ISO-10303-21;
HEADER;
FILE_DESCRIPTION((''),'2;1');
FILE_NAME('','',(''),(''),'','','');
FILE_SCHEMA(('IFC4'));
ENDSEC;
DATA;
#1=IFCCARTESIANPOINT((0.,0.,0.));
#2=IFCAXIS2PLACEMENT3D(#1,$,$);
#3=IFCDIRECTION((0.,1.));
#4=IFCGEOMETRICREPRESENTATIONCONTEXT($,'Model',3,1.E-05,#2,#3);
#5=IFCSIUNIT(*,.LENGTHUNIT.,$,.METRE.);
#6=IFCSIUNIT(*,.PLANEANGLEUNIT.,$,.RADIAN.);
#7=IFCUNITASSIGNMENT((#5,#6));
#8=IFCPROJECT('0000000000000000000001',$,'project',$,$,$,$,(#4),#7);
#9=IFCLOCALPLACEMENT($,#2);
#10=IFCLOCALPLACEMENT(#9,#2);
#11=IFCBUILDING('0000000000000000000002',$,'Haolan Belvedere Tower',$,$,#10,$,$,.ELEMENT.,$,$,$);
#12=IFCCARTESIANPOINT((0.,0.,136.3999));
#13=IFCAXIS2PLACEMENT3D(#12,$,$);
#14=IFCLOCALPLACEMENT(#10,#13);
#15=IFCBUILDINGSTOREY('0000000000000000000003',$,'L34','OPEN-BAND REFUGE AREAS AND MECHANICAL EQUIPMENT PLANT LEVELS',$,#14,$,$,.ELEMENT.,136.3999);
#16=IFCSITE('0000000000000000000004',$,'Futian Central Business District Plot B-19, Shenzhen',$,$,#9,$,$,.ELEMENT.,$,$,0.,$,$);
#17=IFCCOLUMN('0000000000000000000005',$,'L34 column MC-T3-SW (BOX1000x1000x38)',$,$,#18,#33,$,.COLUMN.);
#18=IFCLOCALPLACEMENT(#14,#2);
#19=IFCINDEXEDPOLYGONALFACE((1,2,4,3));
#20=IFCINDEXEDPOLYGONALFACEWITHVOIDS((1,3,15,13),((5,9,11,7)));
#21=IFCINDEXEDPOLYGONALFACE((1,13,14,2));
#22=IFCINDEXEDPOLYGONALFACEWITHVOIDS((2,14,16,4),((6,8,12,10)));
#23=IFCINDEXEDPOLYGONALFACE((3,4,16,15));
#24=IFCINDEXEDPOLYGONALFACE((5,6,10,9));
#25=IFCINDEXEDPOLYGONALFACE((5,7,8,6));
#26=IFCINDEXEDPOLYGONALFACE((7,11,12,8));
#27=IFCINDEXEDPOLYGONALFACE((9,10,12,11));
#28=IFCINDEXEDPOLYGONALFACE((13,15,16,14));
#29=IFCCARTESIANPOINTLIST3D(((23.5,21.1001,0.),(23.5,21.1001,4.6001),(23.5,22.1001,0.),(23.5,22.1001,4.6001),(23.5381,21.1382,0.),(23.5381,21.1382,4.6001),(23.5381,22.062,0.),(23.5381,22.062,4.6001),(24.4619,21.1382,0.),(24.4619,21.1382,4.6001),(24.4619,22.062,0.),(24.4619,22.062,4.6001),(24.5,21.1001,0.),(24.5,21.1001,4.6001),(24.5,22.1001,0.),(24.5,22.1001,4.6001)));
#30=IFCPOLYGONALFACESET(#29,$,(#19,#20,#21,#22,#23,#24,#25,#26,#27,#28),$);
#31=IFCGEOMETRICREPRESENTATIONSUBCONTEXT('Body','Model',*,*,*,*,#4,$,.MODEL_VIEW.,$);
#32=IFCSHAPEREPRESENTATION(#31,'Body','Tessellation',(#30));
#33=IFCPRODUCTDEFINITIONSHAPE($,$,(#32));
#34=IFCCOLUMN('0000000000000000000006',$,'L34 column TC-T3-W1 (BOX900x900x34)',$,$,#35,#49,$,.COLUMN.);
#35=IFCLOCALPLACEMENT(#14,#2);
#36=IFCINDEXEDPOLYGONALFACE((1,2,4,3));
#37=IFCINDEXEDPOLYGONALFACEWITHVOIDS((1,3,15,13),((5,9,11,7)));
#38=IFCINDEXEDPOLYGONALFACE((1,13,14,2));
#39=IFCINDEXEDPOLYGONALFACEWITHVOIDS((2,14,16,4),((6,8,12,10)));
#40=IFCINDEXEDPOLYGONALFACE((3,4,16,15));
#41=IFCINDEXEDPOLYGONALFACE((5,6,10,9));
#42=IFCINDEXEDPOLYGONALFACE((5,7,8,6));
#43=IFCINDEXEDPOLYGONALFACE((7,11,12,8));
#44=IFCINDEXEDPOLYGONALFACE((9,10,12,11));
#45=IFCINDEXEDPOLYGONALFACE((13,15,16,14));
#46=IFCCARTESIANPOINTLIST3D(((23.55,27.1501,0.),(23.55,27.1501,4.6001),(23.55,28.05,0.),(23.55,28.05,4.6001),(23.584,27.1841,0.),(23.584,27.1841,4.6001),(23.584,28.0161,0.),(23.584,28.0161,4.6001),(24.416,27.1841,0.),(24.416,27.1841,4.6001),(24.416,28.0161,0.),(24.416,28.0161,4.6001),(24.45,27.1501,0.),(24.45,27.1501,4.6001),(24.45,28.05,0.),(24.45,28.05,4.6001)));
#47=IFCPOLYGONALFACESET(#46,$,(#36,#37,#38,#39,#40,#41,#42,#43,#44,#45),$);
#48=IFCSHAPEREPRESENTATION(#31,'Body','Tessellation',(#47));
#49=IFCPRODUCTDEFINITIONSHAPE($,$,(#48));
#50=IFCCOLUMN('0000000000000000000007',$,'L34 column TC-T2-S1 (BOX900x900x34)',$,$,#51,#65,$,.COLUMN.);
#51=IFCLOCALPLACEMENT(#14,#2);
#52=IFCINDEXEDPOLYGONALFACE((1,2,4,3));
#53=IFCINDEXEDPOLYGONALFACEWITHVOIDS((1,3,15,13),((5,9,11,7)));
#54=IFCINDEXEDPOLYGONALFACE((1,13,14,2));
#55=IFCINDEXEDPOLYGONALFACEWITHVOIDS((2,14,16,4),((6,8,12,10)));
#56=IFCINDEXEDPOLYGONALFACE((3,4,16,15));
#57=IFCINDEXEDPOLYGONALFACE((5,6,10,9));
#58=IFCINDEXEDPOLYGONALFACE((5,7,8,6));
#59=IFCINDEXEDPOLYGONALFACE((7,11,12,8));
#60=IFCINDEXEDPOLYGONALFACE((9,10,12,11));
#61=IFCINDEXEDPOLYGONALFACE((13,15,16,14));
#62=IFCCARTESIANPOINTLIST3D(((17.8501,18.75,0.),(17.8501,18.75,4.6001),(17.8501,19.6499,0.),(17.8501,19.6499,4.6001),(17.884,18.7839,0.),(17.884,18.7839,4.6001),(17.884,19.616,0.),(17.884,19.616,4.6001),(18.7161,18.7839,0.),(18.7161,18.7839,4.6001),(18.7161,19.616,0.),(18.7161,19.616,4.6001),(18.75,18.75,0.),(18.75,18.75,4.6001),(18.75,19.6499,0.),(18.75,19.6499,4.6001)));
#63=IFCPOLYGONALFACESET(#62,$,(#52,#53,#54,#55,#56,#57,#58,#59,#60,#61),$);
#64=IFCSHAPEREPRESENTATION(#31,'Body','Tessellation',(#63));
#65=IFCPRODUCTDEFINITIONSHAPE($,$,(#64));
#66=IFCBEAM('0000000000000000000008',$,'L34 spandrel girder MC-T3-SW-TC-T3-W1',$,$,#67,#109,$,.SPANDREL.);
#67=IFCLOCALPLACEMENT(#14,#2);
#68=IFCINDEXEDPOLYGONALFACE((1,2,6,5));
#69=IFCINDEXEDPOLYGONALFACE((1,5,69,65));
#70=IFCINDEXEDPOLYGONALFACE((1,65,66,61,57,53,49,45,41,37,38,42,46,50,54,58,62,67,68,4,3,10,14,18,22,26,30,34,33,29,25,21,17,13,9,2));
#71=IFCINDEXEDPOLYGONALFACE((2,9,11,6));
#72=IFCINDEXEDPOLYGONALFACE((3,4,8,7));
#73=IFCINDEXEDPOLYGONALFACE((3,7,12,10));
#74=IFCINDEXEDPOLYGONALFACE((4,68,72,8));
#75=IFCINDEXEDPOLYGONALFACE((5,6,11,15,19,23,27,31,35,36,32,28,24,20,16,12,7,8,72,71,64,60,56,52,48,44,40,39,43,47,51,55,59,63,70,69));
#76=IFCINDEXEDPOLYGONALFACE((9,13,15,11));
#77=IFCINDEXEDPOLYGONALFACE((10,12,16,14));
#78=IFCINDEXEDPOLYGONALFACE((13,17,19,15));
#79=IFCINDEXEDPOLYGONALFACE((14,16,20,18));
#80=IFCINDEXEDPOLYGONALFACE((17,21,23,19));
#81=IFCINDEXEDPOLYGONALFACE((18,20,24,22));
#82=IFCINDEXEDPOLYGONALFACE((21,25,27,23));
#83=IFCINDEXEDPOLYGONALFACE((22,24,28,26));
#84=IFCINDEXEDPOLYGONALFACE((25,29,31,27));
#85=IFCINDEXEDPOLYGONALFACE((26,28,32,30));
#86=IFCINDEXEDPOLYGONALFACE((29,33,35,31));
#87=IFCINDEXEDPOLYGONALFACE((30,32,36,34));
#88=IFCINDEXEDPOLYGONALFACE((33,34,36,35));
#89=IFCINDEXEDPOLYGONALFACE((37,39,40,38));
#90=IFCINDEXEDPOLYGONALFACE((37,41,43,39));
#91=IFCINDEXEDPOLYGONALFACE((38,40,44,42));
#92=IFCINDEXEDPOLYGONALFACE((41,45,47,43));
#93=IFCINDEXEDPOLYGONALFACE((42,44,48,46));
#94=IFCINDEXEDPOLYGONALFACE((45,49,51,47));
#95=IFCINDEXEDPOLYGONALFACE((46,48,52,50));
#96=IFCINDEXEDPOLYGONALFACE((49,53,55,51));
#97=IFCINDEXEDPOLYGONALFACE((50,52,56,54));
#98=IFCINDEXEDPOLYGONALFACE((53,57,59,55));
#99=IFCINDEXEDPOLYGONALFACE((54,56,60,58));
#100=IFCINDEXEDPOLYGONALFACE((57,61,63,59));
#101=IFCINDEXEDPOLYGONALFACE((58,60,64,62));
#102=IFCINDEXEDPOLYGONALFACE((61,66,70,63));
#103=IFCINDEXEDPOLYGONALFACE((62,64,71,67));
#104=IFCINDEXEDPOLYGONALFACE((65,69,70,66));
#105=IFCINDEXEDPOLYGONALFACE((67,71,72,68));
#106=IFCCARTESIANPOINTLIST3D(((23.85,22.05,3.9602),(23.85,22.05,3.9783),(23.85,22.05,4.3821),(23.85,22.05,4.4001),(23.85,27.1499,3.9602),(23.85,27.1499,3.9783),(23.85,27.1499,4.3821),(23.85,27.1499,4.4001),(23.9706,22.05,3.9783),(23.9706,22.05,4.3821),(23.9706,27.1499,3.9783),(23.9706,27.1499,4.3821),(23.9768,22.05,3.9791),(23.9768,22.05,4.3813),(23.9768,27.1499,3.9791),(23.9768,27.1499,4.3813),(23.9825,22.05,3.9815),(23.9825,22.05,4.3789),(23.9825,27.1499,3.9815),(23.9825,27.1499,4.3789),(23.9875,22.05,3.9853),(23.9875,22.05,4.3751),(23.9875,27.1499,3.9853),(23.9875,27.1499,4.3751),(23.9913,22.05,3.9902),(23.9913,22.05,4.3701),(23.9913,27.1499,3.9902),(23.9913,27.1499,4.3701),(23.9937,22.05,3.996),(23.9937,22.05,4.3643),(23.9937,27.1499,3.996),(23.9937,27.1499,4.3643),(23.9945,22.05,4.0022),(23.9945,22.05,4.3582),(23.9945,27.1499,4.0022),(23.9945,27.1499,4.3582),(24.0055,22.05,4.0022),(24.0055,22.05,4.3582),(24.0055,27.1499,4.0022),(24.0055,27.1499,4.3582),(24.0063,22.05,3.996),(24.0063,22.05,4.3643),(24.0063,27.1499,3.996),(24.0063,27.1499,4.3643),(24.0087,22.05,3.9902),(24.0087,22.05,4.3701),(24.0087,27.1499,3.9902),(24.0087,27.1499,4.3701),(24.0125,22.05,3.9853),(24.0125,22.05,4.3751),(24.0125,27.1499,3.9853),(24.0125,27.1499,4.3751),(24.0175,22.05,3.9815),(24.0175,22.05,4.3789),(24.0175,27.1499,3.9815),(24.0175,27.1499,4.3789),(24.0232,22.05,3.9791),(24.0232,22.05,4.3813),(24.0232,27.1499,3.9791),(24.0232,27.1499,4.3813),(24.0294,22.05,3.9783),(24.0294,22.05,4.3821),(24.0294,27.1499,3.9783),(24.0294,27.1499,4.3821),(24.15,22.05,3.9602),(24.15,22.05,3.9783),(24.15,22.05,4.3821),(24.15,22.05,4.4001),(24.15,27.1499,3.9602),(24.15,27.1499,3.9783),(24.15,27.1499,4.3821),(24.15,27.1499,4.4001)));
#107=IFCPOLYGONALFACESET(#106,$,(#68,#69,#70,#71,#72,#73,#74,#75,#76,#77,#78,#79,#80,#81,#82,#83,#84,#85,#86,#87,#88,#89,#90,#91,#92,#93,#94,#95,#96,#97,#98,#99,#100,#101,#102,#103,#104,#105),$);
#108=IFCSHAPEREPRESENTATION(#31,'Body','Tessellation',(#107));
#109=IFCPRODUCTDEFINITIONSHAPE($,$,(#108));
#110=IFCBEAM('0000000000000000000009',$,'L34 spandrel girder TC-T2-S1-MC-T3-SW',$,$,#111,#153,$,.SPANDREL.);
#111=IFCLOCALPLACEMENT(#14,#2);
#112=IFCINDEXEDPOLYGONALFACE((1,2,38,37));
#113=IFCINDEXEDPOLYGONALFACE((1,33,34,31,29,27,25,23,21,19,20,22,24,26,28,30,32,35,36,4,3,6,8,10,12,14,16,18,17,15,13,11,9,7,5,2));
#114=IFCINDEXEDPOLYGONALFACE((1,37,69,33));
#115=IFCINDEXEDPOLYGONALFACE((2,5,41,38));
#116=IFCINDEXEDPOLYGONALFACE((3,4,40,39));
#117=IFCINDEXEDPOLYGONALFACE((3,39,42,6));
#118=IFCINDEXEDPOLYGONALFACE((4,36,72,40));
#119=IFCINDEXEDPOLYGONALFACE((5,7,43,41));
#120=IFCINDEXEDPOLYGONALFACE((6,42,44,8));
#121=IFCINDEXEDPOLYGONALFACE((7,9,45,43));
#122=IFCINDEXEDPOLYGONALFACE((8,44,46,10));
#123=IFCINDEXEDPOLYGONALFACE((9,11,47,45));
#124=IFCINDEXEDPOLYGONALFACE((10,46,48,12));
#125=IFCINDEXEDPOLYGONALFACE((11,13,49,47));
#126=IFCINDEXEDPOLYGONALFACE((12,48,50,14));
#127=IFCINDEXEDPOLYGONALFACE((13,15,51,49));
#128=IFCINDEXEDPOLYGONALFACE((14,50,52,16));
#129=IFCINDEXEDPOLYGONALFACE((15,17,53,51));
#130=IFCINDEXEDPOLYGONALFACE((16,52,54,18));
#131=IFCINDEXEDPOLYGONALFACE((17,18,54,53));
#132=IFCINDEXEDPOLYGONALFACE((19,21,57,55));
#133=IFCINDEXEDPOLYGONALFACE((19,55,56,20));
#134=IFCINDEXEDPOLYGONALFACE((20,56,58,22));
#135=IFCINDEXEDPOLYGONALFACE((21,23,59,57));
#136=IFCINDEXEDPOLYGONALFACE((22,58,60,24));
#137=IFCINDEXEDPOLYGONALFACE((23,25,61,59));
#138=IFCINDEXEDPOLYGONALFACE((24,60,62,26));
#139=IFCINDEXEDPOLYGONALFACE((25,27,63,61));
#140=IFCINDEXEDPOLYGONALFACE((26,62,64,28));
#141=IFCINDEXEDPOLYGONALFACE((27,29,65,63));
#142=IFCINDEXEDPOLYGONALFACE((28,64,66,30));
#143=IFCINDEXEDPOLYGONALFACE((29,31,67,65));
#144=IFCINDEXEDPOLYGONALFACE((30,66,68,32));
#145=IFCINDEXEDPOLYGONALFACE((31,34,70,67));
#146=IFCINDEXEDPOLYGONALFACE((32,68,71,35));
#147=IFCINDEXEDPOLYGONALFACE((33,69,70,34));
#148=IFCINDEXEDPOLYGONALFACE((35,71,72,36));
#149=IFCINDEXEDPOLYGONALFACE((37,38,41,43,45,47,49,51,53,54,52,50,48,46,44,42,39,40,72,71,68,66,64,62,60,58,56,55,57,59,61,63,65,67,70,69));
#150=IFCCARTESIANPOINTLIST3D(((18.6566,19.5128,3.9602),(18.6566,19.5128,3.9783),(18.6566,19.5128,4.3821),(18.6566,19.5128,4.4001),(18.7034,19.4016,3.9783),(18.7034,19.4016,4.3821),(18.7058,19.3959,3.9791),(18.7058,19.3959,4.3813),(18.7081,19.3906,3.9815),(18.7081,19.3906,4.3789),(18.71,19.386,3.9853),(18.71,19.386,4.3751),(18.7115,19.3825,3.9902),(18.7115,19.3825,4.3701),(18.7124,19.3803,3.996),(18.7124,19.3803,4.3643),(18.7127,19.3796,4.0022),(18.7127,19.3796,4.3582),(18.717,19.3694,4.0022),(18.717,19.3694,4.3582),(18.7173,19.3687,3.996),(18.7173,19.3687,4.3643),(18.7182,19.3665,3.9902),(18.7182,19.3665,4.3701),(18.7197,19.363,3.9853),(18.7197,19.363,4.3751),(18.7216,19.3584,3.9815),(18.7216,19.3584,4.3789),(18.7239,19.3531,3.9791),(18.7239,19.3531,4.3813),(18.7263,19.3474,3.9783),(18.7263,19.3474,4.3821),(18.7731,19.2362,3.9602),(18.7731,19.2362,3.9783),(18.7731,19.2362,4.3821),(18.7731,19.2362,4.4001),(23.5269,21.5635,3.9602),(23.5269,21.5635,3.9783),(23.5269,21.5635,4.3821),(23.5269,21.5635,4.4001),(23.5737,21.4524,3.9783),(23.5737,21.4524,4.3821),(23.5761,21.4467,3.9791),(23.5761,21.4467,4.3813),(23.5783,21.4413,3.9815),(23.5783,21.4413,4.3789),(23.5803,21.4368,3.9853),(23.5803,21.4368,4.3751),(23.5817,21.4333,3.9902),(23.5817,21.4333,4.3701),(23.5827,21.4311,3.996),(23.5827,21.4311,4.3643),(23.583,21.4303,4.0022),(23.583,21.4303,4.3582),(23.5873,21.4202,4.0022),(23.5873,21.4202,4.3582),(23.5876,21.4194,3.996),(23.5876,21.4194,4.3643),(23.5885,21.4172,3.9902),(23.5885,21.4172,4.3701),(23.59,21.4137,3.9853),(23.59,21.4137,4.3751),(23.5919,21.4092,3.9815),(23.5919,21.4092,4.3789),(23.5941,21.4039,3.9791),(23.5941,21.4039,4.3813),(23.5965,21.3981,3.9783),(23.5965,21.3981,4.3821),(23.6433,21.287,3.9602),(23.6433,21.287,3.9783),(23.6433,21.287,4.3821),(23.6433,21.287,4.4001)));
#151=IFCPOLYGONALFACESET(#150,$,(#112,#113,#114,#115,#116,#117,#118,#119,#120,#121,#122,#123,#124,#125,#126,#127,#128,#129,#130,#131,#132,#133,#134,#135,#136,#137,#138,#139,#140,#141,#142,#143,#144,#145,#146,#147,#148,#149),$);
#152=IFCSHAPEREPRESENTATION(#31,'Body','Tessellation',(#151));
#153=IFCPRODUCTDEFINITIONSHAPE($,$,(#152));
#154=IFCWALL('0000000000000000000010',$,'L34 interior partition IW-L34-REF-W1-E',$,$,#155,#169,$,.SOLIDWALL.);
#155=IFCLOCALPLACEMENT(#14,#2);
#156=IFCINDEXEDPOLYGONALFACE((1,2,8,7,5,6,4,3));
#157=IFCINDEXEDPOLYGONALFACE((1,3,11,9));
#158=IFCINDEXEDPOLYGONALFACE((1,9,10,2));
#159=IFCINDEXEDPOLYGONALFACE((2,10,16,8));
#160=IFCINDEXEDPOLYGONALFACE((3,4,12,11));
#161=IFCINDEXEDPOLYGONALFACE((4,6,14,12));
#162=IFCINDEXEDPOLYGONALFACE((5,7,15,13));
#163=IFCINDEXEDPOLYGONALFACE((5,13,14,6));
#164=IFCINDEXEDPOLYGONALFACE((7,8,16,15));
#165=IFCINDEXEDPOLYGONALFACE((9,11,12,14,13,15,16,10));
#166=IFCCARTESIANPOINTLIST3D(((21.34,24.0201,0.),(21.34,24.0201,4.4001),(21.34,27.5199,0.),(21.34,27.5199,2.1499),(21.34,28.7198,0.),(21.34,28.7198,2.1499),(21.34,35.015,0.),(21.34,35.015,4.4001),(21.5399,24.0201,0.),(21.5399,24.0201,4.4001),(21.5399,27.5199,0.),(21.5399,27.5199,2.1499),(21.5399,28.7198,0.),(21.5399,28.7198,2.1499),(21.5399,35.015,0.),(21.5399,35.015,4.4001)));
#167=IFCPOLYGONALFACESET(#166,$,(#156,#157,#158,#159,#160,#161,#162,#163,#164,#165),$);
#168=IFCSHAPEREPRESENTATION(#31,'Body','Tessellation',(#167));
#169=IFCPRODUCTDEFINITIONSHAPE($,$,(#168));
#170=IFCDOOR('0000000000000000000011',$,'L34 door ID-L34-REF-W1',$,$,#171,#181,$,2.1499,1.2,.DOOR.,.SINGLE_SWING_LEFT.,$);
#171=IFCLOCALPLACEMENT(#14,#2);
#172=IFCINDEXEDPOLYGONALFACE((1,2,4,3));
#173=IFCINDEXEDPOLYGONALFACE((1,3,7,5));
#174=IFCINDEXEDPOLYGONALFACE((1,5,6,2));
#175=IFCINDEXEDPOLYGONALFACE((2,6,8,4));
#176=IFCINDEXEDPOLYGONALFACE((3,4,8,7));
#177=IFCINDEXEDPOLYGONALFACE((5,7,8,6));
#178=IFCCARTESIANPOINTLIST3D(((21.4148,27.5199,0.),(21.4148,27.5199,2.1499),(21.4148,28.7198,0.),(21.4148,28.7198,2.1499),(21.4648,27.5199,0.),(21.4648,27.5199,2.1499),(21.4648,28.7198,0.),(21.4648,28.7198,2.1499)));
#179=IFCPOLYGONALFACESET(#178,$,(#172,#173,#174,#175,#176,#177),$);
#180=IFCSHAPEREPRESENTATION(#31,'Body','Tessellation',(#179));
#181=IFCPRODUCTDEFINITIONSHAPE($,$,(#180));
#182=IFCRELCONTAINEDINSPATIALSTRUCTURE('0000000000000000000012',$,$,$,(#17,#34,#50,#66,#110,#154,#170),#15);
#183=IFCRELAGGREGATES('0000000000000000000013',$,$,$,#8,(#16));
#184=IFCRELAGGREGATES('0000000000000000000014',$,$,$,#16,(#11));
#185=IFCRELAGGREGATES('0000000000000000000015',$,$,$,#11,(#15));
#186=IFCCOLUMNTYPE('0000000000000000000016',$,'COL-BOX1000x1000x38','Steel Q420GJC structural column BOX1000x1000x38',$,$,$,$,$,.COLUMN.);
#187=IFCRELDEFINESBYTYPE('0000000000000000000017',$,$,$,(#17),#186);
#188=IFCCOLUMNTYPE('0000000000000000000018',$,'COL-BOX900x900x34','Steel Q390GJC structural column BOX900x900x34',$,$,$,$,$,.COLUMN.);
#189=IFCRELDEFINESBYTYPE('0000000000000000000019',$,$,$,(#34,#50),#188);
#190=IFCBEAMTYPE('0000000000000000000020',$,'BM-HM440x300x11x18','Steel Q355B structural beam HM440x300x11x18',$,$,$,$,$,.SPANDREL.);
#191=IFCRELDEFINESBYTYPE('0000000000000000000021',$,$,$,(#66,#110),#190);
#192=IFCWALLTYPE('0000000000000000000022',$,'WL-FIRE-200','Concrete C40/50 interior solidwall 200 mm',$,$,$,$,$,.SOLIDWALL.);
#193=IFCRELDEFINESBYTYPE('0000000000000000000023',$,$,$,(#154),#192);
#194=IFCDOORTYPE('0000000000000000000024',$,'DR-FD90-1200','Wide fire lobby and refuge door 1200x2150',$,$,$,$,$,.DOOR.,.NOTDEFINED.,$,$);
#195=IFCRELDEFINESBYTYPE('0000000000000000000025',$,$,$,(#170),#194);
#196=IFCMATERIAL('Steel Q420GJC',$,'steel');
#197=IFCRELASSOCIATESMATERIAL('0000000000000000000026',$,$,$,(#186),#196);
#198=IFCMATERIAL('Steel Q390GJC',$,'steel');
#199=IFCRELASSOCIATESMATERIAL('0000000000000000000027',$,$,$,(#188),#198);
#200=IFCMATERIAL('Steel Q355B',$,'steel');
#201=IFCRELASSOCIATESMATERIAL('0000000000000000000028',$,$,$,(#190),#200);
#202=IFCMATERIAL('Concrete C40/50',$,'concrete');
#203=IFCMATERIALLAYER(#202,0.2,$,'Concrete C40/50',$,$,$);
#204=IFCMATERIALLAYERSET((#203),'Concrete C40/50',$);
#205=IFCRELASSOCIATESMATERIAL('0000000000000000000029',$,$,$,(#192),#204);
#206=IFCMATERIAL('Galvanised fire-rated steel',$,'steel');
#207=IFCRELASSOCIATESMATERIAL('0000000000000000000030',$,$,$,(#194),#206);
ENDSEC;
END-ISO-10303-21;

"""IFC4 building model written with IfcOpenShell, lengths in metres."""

from ifc_helpers import new_model, si_unit, direction, frame, frame_2d, origin, origin_2d, place, context, subcontext, project, spatial, rectangle, hollow_rectangle, i_section, extrude, material, layer, layer_set, material_profile, profile_set, type_object, element, fill, save


model = new_model("IFC4")

# Units and contexts
model_context = context("Model", 3, precision=1e-05, world=origin(), true_north=direction((0.0, 1.0)))
body_context = subcontext(model_context, "Body", "Model", "MODEL_VIEW")
ifc_project = project(units=[si_unit("LENGTHUNIT", "METRE"), si_unit("PLANEANGLEUNIT", "RADIAN")], contexts=[model_context])

# Site, building, storey
site_placement = place(None, origin())
site = spatial("IfcSite", under=ifc_project, at=site_placement, Name="Futian Central Business District Plot B-19, Shenzhen", CompositionType="ELEMENT", RefElevation=0.0)
building_placement = place(site_placement, origin())
building = spatial("IfcBuilding", under=site, at=building_placement, Name="Haolan Belvedere Tower", CompositionType="ELEMENT")
storey_placement = place(building_placement, frame((0.0, 0.0, 136.3999)))
storey = spatial("IfcBuildingStorey", under=building, at=storey_placement, Name="L34", Description="OPEN-BAND REFUGE AREAS AND MECHANICAL EQUIPMENT PLANT LEVELS", CompositionType="ELEMENT", Elevation=136.3999)

# Columns
ifc_material_1 = material(Name="Steel Q420GJC", Category="steel")
ifc_material_profile_1 = material_profile(ifc_material_1, hollow_rectangle(XDim=1.0, YDim=1.0, WallThickness=0.0381, at=origin_2d()), Name="Steel Q420GJC")
ifc_profile_set_1 = profile_set([ifc_material_profile_1], Name="Steel Q420GJC")
column_type_1 = type_object("IfcColumnType", Name="COL-BOX1000x1000x38", Description="Steel Q420GJC structural column BOX1000x1000x38", PredefinedType="COLUMN", material=ifc_profile_set_1)
column_placement = place(storey_placement, frame((24.0, 21.6001, 0.0), z_axis=(0.0, 0.0, 1.0), x_axis=(1.0, 0.0, 0.0)))
element("IfcColumn", 1, at=column_placement, inside=storey, type_object=column_type_1, Name="L34 column MC-T3-SW (BOX1000x1000x38)", PredefinedType="COLUMN", context=body_context, shape_type="SweptSolid", body=[
    extrude(hollow_rectangle(XDim=1.0, YDim=1.0, WallThickness=0.0381, at=origin_2d()), origin(), (0.0, 0.0, 1.0), 4.6001),
])
ifc_material_2 = material(Name="Steel Q390GJC", Category="steel")
ifc_material_profile_2 = material_profile(ifc_material_2, hollow_rectangle(XDim=0.8999, YDim=0.8999, WallThickness=0.0339, at=origin_2d()), Name="Steel Q390GJC")
ifc_profile_set_2 = profile_set([ifc_material_profile_2], Name="Steel Q390GJC")
column_type_2 = type_object("IfcColumnType", Name="COL-BOX900x900x34", Description="Steel Q390GJC structural column BOX900x900x34", PredefinedType="COLUMN", material=ifc_profile_set_2)
for number, where, z_axis, x_axis, name in (
    (2, (24.0, 27.6001, 0.0), (0.0, 0.0, 1.0), (1.0, 0.0, 0.0), "L34 column TC-T3-W1 (BOX900x900x34)"),
    (3, (18.3, 19.2, 0.0), (0.0, 0.0, 1.0), (1.0, 0.0, 0.0), "L34 column TC-T2-S1 (BOX900x900x34)"),
):
    element("IfcColumn", number, at=place(storey_placement, frame(where, z_axis=z_axis, x_axis=x_axis)), inside=storey, type_object=column_type_2, Name=name, PredefinedType="COLUMN", context=body_context, shape_type="SweptSolid", body=[
        extrude(hollow_rectangle(XDim=0.8999, YDim=0.8999, WallThickness=0.0339, at=origin_2d()), origin(), (0.0, 0.0, 1.0), 4.6001),
    ])

# Beams
ifc_material_3 = material(Name="Steel Q355B", Category="steel")
ifc_material_profile_3 = material_profile(ifc_material_3, i_section(OverallWidth=0.3, OverallDepth=0.4399, WebThickness=0.011, FlangeThickness=0.0181, FilletRadius=0.0239, at=origin_2d()), Name="Steel Q355B")
ifc_profile_set_3 = profile_set([ifc_material_profile_3], Name="Steel Q355B")
beam_type = type_object("IfcBeamType", Name="BM-HM440x300x11x18", Description="Steel Q355B structural beam HM440x300x11x18", PredefinedType="SPANDREL", material=ifc_profile_set_3)
beam_1_placement = place(storey_placement, frame((24.0, 22.05, 4.1802), z_axis=(0.0, 1.0, 0.0), x_axis=(-1.0, 0.0, 0.0)))
element("IfcBeam", 4, at=beam_1_placement, inside=storey, type_object=beam_type, Name="L34 spandrel girder MC-T3-SW-TC-T3-W1", PredefinedType="SPANDREL", context=body_context, shape_type="SweptSolid", body=[
    extrude(i_section(OverallWidth=0.3, OverallDepth=0.4399, WebThickness=0.011, FlangeThickness=0.0181, FilletRadius=0.0239, at=origin_2d()), origin(), (0.0, 0.0, 1.0), 5.0999),
])
beam_2_placement = place(storey_placement, frame((18.7148, 19.3745, 4.1802), z_axis=(0.921628, 0.388074, 0.0), x_axis=(-0.388074, 0.921628, 0.0)))
element("IfcBeam", 5, at=beam_2_placement, inside=storey, type_object=beam_type, Name="L34 spandrel girder TC-T2-S1-MC-T3-SW", PredefinedType="SPANDREL", context=body_context, shape_type="SweptSolid", body=[
    extrude(i_section(OverallWidth=0.3, OverallDepth=0.4399, WebThickness=0.011, FlangeThickness=0.0181, FilletRadius=0.0239, at=origin_2d()), origin(), (0.0, 0.0, 1.0), 5.2844),
])

# Wall, opening, door
ifc_material_4 = material(Name="Concrete C40/50", Category="concrete")
ifc_layer_1 = layer(ifc_material_4, 0.2, Name="Concrete C40/50")
ifc_layer_set_1 = layer_set([ifc_layer_1], Name="Concrete C40/50")
wall_type_1 = type_object("IfcWallType", Name="WL-FIRE-200", Description="Concrete C40/50 interior solidwall 200 mm", PredefinedType="SOLIDWALL", material=ifc_layer_set_1)
wall_1_placement = place(storey_placement, frame((21.4399, 24.02, 0.0), z_axis=(0.0, 0.0, 1.0), x_axis=(0.0, 1.0, 0.0)))
wall_1 = element("IfcWall", 6, at=wall_1_placement, inside=storey, type_object=wall_type_1, Name="L34 interior partition IW-L34-REF-W1-E", PredefinedType="SOLIDWALL", context=body_context, shape_type="SweptSolid", body=[
    extrude(rectangle(XDim=10.9949, YDim=0.2, at=frame_2d((5.4976, 0.0))), origin(), (0.0, 0.0, 1.0), 4.4001),
])
opening_1_placement = place(wall_1_placement, frame((4.7, 0.0, 0.0), z_axis=(0.0, 0.0, 1.0), x_axis=(-1.0, 0.0, 0.0)))
opening_1 = element("IfcOpeningElement", 7, at=opening_1_placement, cuts=wall_1, PredefinedType="OPENING", context=body_context, shape_type="SweptSolid", body=[
    extrude(rectangle(XDim=1.2, YDim=2.1499, at=frame_2d((0.6001, 1.075))), frame((0.0, 0.1099, 0.0), z_axis=(0.0, -1.0, 0.0), x_axis=(1.0, 0.0, 0.0)), (0.0, 0.0, 1.0), 0.22),
])
ifc_material_5 = material(Name="Galvanised fire-rated steel", Category="steel")
door_type_1 = type_object("IfcDoorType", Name="DR-FD90-1200", Description="Wide fire lobby and refuge door 1200x2150", OperationType="NOTDEFINED", PredefinedType="DOOR", material=ifc_material_5)
door_1_placement = place(opening_1_placement, origin())
door_1 = element("IfcDoor", 8, at=door_1_placement, inside=storey, type_object=door_type_1, Name="L34 door ID-L34-REF-W1", OperationType="SINGLE_SWING_LEFT", OverallHeight=2.1499, OverallWidth=1.2, PredefinedType="DOOR", context=body_context, shape_type="SweptSolid", body=[
    extrude(rectangle(XDim=1.2, YDim=2.1499, at=frame_2d((0.6001, 1.075))), frame((0.0, 0.0249, 0.0), z_axis=(0.0, -1.0, 0.0), x_axis=(1.0, 0.0, 0.0)), (0.0, 0.0, 1.0), 0.05),
])
fill(opening_1, door_1)

save(model, "model.ifc")
